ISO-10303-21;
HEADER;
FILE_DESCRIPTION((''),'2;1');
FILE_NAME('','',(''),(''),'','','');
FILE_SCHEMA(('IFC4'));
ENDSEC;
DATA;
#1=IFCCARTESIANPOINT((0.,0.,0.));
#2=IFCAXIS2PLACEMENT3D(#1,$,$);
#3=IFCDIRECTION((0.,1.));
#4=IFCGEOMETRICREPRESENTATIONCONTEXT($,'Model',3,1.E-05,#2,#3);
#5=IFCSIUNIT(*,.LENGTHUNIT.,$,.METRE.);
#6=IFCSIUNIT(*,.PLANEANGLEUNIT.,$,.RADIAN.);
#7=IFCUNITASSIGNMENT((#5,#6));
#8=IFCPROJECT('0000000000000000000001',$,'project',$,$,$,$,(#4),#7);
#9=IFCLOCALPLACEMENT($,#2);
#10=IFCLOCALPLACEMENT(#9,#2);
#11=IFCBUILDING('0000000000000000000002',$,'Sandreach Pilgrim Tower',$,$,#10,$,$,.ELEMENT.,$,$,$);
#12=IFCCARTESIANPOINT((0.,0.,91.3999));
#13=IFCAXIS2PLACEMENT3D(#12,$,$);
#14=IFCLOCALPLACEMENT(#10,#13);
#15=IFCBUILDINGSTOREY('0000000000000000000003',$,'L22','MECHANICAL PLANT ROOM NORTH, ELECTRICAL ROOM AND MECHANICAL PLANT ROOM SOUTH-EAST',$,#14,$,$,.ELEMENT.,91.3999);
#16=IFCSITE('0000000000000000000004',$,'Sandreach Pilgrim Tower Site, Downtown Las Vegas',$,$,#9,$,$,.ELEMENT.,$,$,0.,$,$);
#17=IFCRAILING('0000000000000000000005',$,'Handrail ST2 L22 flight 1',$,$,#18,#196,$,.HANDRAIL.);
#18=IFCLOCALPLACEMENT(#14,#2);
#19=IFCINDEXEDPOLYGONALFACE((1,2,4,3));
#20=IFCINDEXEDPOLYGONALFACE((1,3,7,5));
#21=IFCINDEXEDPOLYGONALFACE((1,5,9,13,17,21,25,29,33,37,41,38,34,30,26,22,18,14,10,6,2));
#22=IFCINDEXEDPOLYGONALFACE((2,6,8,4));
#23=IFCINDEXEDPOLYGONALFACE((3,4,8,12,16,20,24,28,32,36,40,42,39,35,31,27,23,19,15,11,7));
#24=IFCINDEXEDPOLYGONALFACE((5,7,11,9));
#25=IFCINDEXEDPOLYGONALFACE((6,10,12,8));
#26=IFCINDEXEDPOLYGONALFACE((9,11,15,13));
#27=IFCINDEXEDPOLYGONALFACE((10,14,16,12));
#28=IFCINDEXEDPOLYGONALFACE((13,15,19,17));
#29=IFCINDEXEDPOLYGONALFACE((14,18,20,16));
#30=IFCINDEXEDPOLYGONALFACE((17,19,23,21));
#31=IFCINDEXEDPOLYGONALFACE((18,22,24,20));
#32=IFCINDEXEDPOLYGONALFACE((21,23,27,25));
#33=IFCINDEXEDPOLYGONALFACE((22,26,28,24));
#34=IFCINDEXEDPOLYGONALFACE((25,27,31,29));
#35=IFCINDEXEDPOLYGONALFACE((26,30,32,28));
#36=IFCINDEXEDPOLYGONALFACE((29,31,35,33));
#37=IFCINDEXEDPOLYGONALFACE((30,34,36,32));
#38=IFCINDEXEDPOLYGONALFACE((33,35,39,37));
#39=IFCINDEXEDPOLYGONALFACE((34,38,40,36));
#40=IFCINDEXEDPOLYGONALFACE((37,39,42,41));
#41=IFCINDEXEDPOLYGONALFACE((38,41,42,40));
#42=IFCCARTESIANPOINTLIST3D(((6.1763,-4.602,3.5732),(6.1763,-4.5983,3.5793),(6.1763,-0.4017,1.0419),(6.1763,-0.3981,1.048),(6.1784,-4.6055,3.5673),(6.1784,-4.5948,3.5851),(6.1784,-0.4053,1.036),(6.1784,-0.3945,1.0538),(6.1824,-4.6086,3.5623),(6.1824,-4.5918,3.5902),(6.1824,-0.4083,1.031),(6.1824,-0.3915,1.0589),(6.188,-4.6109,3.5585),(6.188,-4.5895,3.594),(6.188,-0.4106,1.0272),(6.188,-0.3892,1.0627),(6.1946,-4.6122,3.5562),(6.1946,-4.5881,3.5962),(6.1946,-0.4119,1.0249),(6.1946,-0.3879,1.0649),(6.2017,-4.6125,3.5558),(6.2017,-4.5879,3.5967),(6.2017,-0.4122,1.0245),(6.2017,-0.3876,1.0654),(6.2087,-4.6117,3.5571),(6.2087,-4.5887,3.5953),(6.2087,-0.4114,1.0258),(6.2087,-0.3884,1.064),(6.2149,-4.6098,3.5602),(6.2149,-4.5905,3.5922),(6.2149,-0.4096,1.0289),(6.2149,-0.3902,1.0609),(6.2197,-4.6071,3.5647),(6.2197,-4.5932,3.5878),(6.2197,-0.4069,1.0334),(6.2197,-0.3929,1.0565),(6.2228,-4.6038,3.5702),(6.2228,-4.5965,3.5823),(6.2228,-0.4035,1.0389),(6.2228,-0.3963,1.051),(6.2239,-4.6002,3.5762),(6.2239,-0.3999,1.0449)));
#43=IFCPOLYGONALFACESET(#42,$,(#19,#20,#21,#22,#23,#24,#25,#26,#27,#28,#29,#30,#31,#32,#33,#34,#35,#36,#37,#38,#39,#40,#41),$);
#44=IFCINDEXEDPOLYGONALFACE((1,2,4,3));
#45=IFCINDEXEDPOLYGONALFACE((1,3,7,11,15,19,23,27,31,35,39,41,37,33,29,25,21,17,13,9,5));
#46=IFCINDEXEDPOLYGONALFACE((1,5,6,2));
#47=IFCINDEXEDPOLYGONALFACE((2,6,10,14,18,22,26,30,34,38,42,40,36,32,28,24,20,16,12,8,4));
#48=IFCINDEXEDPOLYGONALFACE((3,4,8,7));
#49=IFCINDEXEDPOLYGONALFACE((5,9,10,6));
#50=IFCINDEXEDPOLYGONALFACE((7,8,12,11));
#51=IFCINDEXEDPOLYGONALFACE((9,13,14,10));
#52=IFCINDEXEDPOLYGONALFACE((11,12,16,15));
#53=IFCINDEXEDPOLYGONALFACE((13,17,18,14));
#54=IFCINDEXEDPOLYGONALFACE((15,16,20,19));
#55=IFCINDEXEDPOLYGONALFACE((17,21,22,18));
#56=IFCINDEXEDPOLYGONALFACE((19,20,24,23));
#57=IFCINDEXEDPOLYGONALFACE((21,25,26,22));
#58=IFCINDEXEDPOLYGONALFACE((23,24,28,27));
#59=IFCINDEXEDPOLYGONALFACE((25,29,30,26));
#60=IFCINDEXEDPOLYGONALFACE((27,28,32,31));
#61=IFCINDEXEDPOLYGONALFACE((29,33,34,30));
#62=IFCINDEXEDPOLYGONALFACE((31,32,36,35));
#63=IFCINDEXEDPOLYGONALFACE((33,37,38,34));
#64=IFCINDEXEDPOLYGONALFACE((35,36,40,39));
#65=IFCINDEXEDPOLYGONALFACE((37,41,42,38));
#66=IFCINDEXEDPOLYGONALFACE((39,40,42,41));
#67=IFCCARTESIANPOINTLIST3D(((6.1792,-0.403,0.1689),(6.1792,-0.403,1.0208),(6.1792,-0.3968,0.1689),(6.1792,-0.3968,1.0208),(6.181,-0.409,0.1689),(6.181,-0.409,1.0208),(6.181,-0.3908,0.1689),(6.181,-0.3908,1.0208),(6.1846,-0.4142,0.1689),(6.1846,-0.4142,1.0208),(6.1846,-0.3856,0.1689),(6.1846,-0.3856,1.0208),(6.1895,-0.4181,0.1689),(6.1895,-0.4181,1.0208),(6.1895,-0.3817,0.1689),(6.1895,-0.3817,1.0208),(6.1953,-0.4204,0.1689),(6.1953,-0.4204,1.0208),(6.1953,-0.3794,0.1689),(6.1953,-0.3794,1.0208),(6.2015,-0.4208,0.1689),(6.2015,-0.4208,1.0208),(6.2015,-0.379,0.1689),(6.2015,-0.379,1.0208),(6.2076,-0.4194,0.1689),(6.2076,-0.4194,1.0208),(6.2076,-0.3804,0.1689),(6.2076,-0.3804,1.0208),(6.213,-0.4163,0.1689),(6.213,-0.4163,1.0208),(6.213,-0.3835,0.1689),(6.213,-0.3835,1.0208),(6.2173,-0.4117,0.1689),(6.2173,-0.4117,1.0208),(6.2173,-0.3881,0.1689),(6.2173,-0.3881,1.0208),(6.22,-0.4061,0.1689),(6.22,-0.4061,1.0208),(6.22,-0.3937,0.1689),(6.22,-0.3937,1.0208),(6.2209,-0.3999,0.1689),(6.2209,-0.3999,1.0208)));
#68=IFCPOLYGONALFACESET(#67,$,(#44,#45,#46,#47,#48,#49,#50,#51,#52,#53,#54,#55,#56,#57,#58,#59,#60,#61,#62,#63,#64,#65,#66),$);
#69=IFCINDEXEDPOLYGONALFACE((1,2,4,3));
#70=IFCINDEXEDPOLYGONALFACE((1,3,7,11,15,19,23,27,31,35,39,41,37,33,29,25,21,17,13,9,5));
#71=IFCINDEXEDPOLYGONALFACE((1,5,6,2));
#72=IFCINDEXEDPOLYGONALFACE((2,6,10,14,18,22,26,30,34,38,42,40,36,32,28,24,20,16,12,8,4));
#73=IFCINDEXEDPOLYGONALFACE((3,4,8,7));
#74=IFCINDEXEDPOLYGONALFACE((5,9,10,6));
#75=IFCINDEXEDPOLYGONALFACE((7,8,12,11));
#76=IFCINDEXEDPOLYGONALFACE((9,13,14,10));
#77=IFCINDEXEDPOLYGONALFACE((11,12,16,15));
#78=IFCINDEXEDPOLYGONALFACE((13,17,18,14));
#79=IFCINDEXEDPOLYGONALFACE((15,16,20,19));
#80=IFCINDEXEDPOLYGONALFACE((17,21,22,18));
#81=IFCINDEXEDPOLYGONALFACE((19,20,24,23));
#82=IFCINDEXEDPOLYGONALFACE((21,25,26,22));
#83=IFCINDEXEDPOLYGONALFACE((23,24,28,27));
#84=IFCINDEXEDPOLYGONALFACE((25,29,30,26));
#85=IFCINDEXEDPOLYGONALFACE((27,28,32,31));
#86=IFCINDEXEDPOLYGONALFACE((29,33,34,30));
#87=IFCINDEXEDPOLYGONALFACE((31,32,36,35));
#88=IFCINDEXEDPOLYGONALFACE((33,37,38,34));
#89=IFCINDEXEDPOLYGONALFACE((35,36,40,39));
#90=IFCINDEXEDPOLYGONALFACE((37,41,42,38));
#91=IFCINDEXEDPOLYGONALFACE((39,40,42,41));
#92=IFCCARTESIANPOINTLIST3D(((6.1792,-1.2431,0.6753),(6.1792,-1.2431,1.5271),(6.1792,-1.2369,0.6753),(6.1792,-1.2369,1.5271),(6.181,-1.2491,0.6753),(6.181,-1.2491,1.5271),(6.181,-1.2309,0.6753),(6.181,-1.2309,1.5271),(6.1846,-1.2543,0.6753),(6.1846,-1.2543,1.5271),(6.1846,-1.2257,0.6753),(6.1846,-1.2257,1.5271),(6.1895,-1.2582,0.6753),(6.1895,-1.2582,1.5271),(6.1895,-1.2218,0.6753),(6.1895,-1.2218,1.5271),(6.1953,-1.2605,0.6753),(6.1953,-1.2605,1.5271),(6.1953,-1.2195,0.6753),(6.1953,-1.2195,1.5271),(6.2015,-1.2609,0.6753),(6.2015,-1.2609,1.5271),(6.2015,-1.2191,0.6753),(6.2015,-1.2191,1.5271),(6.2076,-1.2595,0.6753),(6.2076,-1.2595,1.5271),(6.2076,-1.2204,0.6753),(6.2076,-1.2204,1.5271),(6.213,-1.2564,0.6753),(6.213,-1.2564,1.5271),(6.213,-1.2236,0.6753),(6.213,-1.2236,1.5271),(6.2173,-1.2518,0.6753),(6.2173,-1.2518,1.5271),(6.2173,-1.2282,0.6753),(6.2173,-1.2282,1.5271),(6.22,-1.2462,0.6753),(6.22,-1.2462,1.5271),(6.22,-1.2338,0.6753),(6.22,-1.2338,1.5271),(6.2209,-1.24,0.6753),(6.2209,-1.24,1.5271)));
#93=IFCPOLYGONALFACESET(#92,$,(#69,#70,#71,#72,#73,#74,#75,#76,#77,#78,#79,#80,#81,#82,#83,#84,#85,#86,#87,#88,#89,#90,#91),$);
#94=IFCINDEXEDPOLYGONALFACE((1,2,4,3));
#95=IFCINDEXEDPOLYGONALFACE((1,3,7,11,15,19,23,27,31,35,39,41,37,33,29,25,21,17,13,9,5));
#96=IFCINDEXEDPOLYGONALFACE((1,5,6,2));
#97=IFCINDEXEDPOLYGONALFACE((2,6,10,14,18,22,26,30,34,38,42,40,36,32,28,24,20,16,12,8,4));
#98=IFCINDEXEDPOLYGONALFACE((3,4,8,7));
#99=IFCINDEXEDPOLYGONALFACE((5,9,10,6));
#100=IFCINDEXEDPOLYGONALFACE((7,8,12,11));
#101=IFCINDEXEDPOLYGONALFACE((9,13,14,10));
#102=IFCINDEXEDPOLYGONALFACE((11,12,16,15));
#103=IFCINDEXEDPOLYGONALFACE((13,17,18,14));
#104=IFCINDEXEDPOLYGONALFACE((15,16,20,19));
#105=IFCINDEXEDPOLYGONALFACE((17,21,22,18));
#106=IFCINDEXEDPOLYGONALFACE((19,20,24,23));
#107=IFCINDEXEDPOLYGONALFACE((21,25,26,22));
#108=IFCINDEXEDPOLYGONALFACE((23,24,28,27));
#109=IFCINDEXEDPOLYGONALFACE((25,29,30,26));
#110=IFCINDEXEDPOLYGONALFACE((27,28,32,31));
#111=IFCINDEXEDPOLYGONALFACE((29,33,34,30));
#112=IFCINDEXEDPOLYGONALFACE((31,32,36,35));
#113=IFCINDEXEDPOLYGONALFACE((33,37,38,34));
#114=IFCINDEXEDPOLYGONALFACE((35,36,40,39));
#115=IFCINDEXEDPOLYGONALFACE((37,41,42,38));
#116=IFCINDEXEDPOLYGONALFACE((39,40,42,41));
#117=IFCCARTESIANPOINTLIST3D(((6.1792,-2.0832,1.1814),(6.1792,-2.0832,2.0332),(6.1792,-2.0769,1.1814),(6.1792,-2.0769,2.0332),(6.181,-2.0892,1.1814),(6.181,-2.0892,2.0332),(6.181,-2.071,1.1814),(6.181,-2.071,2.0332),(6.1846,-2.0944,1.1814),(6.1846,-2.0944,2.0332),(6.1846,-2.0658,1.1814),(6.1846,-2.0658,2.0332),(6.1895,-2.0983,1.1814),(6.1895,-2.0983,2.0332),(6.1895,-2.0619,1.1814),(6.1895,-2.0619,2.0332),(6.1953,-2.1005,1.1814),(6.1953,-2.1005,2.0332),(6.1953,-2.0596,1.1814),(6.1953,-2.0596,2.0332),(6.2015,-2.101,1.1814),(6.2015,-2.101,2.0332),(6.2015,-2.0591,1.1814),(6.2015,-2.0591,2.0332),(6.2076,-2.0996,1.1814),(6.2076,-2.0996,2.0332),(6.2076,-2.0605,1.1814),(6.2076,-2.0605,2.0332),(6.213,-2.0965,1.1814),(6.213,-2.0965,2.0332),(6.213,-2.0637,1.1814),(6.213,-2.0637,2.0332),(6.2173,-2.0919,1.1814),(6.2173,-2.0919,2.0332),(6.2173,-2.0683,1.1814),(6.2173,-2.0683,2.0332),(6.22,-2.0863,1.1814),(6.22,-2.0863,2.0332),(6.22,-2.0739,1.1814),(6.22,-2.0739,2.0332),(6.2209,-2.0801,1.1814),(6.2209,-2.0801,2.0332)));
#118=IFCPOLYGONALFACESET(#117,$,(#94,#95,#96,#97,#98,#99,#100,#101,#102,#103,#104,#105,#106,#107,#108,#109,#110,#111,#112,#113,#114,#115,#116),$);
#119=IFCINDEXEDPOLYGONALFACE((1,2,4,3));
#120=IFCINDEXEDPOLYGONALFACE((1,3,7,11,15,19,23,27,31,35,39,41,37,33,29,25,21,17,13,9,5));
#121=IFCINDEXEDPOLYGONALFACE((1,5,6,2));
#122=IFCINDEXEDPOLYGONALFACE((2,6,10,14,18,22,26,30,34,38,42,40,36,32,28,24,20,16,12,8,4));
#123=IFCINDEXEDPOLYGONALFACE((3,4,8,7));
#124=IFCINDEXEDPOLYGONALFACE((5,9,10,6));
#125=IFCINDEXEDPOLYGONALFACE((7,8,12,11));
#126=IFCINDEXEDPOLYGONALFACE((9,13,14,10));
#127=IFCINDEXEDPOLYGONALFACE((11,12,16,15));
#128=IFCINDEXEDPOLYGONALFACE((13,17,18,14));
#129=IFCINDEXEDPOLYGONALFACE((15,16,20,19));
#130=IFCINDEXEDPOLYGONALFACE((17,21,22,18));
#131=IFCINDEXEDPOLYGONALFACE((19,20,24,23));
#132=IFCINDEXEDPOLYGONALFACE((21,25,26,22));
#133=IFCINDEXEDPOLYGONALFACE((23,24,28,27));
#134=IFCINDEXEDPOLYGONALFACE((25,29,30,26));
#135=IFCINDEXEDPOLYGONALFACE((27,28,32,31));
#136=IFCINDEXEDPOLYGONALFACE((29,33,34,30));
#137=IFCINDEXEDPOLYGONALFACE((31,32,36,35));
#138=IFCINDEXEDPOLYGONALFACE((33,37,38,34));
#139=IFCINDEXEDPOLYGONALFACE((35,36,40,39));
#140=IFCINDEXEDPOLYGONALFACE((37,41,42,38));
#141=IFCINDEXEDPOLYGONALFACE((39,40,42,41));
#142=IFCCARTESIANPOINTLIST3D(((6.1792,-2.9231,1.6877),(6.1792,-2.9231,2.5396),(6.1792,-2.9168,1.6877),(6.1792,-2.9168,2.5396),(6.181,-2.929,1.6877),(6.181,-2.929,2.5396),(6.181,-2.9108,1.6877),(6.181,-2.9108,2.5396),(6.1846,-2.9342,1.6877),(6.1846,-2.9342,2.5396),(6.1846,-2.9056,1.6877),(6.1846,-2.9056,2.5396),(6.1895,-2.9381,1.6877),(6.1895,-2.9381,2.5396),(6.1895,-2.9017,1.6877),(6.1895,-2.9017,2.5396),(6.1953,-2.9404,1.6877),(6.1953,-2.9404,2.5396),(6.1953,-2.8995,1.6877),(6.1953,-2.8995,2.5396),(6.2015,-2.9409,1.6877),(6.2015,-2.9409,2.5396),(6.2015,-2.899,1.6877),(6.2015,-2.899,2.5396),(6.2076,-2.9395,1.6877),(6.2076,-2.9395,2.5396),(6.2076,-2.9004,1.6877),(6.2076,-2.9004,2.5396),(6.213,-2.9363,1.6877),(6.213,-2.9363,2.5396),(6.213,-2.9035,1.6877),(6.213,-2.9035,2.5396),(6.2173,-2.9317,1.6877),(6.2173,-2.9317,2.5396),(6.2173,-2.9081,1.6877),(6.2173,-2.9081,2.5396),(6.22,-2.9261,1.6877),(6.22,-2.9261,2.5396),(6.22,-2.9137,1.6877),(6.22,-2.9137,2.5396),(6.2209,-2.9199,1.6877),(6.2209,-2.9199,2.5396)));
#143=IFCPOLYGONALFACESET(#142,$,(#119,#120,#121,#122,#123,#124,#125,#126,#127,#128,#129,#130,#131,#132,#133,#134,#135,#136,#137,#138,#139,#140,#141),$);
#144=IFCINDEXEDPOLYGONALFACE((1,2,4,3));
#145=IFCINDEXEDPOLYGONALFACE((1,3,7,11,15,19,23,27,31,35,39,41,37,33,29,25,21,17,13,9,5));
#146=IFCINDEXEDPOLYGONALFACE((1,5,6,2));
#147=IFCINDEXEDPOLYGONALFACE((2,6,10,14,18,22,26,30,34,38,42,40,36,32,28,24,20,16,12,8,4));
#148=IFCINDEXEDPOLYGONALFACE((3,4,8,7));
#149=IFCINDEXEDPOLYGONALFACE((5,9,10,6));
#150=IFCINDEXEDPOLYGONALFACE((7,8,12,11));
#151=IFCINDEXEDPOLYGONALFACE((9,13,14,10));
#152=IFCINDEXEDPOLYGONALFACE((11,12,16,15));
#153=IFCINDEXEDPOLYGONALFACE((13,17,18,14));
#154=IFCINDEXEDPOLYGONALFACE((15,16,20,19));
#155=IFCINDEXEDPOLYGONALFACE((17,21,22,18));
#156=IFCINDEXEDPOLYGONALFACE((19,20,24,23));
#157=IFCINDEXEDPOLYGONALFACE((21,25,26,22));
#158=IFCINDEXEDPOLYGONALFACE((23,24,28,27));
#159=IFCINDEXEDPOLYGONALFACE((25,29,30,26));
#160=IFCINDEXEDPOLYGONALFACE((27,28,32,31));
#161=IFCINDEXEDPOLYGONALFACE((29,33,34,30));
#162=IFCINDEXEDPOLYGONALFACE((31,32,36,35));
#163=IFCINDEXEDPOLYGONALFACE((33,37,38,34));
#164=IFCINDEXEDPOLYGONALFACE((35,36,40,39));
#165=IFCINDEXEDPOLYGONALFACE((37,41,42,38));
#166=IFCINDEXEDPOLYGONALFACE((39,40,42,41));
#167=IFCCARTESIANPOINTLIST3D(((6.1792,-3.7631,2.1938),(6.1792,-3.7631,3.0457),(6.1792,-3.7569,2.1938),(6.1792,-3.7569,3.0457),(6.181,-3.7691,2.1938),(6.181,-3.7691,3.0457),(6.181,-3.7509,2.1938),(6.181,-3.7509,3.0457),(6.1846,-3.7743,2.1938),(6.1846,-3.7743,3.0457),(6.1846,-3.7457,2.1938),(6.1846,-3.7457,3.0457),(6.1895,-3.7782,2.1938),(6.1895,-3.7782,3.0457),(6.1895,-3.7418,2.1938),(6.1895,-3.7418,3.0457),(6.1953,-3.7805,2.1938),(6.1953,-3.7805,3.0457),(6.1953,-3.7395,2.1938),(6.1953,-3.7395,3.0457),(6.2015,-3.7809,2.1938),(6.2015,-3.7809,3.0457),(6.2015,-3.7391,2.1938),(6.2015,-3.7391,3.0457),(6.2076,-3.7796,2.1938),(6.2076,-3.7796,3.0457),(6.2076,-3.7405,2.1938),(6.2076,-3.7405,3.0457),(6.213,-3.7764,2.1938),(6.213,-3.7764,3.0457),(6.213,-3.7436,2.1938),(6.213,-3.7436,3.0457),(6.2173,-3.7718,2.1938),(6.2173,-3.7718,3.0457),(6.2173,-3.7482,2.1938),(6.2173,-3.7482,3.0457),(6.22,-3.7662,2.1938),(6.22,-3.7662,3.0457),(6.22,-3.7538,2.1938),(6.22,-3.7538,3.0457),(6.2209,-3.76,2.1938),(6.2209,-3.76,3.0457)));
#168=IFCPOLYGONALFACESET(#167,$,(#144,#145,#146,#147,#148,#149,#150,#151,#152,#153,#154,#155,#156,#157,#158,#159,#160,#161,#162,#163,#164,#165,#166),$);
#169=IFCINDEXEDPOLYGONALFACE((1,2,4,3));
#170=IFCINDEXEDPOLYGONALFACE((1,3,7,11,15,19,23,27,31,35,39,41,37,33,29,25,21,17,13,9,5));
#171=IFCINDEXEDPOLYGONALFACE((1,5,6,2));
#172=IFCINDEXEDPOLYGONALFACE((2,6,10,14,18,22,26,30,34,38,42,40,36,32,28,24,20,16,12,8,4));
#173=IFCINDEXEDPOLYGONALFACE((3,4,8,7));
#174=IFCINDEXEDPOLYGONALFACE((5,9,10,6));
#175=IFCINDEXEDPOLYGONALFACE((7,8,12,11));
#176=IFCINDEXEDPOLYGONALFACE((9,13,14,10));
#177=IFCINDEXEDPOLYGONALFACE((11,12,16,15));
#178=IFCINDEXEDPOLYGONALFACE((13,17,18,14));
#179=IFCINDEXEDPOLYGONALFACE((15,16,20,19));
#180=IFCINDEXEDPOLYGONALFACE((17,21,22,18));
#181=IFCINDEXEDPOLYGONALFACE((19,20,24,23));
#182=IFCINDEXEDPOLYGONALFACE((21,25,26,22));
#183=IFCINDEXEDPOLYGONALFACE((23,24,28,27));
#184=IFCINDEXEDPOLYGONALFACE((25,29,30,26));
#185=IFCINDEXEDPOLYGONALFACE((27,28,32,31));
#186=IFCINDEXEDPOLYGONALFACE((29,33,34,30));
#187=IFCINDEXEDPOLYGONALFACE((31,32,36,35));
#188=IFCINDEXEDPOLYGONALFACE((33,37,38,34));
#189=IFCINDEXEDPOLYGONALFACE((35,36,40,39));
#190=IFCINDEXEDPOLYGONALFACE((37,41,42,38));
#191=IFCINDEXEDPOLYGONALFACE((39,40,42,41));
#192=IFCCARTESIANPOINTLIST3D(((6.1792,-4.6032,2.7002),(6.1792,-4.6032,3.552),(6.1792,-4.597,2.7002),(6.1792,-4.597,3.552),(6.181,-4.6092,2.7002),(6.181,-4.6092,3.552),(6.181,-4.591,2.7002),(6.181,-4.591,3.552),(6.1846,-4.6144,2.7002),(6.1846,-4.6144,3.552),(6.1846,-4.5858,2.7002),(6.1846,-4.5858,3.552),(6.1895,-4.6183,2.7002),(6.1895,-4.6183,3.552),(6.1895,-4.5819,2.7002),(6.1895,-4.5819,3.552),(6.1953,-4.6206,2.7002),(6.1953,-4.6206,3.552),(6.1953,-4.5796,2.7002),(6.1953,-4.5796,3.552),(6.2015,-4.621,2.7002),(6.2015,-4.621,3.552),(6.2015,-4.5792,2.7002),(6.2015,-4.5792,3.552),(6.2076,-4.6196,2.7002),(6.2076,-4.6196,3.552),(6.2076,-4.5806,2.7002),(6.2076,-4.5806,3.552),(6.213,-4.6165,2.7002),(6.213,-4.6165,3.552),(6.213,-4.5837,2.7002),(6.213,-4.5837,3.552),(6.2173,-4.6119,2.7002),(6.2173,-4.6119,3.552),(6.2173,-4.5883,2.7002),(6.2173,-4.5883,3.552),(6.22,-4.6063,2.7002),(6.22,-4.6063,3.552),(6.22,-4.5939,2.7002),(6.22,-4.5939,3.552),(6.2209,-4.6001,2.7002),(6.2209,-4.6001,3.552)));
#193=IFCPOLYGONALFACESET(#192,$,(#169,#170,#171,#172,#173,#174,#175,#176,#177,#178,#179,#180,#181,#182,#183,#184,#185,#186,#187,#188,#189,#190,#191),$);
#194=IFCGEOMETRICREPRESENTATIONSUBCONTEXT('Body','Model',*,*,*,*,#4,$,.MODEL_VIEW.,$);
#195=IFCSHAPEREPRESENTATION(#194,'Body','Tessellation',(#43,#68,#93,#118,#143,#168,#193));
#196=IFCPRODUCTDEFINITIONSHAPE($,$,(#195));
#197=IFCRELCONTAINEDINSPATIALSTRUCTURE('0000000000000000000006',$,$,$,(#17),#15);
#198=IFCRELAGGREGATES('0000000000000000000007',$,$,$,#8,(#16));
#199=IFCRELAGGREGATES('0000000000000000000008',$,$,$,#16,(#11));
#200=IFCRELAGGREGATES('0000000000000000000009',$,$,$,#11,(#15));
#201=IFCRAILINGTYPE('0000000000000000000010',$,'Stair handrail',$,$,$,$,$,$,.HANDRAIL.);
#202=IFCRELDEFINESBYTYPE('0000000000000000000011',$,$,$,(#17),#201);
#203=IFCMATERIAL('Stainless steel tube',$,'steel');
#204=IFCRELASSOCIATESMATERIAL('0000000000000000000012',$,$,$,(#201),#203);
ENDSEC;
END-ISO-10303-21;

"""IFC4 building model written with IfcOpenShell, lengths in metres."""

from ifc_helpers import new_model, si_unit, direction, frame, origin, origin_2d, place, context, subcontext, project, spatial, circle, extrude, material, type_object, element, save


model = new_model("IFC4")

# Units and contexts
model_context = context("Model", 3, precision=1e-05, world=origin(), true_north=direction((0.0, 1.0)))
body_context = subcontext(model_context, "Body", "Model", "MODEL_VIEW")
ifc_project = project(units=[si_unit("LENGTHUNIT", "METRE"), si_unit("PLANEANGLEUNIT", "RADIAN")], contexts=[model_context])

# Site, building, storey
site_placement = place(None, origin())
site = spatial("IfcSite", under=ifc_project, at=site_placement, Name="Sandreach Pilgrim Tower Site, Downtown Las Vegas", CompositionType="ELEMENT", RefElevation=0.0)
building_placement = place(site_placement, origin())
building = spatial("IfcBuilding", under=site, at=building_placement, Name="Sandreach Pilgrim Tower", CompositionType="ELEMENT")
storey_placement = place(building_placement, frame((0.0, 0.0, 91.3999)))
storey = spatial("IfcBuildingStorey", under=building, at=storey_placement, Name="L22", Description="MECHANICAL PLANT ROOM NORTH, ELECTRICAL ROOM AND MECHANICAL PLANT ROOM SOUTH-EAST", CompositionType="ELEMENT", Elevation=91.3999)

# Railing
ifc_material_1 = material(Name="Stainless steel tube", Category="steel")
railing_type = type_object("IfcRailingType", Name="Stair handrail", PredefinedType="HANDRAIL", material=ifc_material_1)
for number, where, name in (
    (1, (6.2, -0.3999, 0.1689), "Handrail ST2 L22 flight 1"),
):
    element("IfcRailing", number, at=place(storey_placement, frame(where)), inside=storey, type_object=railing_type, Name=name, PredefinedType="HANDRAIL", context=body_context, shape_type="SweptSolid", body=[
        extrude(circle(Radius=0.0239, at=origin_2d()), frame((0.0, 0.0, 0.876), z_axis=(0.0, -0.85649, 0.516164), x_axis=(1.0, 0.0, 0.0)), (0.0, 0.0, 1.0), 4.9041),
        extrude(circle(Radius=0.021, at=origin_2d()), origin(), (0.0, 0.0, 1.0), 0.8518),
        extrude(circle(Radius=0.021, at=origin_2d()), frame((0.0, -0.8401, 0.5063)), (0.0, 0.0, 1.0), 0.8518),
        extrude(circle(Radius=0.021, at=origin_2d()), frame((0.0, -1.6802, 1.0125)), (0.0, 0.0, 1.0), 0.8518),
        extrude(circle(Radius=0.021, at=origin_2d()), frame((0.0, -2.52, 1.5188)), (0.0, 0.0, 1.0), 0.8518),
        extrude(circle(Radius=0.021, at=origin_2d()), frame((0.0, -3.3601, 2.0249)), (0.0, 0.0, 1.0), 0.8518),
        extrude(circle(Radius=0.021, at=origin_2d()), frame((0.0, -4.2002, 2.5312)), (0.0, 0.0, 1.0), 0.8518),
    ])

save(model, "model.ifc")
